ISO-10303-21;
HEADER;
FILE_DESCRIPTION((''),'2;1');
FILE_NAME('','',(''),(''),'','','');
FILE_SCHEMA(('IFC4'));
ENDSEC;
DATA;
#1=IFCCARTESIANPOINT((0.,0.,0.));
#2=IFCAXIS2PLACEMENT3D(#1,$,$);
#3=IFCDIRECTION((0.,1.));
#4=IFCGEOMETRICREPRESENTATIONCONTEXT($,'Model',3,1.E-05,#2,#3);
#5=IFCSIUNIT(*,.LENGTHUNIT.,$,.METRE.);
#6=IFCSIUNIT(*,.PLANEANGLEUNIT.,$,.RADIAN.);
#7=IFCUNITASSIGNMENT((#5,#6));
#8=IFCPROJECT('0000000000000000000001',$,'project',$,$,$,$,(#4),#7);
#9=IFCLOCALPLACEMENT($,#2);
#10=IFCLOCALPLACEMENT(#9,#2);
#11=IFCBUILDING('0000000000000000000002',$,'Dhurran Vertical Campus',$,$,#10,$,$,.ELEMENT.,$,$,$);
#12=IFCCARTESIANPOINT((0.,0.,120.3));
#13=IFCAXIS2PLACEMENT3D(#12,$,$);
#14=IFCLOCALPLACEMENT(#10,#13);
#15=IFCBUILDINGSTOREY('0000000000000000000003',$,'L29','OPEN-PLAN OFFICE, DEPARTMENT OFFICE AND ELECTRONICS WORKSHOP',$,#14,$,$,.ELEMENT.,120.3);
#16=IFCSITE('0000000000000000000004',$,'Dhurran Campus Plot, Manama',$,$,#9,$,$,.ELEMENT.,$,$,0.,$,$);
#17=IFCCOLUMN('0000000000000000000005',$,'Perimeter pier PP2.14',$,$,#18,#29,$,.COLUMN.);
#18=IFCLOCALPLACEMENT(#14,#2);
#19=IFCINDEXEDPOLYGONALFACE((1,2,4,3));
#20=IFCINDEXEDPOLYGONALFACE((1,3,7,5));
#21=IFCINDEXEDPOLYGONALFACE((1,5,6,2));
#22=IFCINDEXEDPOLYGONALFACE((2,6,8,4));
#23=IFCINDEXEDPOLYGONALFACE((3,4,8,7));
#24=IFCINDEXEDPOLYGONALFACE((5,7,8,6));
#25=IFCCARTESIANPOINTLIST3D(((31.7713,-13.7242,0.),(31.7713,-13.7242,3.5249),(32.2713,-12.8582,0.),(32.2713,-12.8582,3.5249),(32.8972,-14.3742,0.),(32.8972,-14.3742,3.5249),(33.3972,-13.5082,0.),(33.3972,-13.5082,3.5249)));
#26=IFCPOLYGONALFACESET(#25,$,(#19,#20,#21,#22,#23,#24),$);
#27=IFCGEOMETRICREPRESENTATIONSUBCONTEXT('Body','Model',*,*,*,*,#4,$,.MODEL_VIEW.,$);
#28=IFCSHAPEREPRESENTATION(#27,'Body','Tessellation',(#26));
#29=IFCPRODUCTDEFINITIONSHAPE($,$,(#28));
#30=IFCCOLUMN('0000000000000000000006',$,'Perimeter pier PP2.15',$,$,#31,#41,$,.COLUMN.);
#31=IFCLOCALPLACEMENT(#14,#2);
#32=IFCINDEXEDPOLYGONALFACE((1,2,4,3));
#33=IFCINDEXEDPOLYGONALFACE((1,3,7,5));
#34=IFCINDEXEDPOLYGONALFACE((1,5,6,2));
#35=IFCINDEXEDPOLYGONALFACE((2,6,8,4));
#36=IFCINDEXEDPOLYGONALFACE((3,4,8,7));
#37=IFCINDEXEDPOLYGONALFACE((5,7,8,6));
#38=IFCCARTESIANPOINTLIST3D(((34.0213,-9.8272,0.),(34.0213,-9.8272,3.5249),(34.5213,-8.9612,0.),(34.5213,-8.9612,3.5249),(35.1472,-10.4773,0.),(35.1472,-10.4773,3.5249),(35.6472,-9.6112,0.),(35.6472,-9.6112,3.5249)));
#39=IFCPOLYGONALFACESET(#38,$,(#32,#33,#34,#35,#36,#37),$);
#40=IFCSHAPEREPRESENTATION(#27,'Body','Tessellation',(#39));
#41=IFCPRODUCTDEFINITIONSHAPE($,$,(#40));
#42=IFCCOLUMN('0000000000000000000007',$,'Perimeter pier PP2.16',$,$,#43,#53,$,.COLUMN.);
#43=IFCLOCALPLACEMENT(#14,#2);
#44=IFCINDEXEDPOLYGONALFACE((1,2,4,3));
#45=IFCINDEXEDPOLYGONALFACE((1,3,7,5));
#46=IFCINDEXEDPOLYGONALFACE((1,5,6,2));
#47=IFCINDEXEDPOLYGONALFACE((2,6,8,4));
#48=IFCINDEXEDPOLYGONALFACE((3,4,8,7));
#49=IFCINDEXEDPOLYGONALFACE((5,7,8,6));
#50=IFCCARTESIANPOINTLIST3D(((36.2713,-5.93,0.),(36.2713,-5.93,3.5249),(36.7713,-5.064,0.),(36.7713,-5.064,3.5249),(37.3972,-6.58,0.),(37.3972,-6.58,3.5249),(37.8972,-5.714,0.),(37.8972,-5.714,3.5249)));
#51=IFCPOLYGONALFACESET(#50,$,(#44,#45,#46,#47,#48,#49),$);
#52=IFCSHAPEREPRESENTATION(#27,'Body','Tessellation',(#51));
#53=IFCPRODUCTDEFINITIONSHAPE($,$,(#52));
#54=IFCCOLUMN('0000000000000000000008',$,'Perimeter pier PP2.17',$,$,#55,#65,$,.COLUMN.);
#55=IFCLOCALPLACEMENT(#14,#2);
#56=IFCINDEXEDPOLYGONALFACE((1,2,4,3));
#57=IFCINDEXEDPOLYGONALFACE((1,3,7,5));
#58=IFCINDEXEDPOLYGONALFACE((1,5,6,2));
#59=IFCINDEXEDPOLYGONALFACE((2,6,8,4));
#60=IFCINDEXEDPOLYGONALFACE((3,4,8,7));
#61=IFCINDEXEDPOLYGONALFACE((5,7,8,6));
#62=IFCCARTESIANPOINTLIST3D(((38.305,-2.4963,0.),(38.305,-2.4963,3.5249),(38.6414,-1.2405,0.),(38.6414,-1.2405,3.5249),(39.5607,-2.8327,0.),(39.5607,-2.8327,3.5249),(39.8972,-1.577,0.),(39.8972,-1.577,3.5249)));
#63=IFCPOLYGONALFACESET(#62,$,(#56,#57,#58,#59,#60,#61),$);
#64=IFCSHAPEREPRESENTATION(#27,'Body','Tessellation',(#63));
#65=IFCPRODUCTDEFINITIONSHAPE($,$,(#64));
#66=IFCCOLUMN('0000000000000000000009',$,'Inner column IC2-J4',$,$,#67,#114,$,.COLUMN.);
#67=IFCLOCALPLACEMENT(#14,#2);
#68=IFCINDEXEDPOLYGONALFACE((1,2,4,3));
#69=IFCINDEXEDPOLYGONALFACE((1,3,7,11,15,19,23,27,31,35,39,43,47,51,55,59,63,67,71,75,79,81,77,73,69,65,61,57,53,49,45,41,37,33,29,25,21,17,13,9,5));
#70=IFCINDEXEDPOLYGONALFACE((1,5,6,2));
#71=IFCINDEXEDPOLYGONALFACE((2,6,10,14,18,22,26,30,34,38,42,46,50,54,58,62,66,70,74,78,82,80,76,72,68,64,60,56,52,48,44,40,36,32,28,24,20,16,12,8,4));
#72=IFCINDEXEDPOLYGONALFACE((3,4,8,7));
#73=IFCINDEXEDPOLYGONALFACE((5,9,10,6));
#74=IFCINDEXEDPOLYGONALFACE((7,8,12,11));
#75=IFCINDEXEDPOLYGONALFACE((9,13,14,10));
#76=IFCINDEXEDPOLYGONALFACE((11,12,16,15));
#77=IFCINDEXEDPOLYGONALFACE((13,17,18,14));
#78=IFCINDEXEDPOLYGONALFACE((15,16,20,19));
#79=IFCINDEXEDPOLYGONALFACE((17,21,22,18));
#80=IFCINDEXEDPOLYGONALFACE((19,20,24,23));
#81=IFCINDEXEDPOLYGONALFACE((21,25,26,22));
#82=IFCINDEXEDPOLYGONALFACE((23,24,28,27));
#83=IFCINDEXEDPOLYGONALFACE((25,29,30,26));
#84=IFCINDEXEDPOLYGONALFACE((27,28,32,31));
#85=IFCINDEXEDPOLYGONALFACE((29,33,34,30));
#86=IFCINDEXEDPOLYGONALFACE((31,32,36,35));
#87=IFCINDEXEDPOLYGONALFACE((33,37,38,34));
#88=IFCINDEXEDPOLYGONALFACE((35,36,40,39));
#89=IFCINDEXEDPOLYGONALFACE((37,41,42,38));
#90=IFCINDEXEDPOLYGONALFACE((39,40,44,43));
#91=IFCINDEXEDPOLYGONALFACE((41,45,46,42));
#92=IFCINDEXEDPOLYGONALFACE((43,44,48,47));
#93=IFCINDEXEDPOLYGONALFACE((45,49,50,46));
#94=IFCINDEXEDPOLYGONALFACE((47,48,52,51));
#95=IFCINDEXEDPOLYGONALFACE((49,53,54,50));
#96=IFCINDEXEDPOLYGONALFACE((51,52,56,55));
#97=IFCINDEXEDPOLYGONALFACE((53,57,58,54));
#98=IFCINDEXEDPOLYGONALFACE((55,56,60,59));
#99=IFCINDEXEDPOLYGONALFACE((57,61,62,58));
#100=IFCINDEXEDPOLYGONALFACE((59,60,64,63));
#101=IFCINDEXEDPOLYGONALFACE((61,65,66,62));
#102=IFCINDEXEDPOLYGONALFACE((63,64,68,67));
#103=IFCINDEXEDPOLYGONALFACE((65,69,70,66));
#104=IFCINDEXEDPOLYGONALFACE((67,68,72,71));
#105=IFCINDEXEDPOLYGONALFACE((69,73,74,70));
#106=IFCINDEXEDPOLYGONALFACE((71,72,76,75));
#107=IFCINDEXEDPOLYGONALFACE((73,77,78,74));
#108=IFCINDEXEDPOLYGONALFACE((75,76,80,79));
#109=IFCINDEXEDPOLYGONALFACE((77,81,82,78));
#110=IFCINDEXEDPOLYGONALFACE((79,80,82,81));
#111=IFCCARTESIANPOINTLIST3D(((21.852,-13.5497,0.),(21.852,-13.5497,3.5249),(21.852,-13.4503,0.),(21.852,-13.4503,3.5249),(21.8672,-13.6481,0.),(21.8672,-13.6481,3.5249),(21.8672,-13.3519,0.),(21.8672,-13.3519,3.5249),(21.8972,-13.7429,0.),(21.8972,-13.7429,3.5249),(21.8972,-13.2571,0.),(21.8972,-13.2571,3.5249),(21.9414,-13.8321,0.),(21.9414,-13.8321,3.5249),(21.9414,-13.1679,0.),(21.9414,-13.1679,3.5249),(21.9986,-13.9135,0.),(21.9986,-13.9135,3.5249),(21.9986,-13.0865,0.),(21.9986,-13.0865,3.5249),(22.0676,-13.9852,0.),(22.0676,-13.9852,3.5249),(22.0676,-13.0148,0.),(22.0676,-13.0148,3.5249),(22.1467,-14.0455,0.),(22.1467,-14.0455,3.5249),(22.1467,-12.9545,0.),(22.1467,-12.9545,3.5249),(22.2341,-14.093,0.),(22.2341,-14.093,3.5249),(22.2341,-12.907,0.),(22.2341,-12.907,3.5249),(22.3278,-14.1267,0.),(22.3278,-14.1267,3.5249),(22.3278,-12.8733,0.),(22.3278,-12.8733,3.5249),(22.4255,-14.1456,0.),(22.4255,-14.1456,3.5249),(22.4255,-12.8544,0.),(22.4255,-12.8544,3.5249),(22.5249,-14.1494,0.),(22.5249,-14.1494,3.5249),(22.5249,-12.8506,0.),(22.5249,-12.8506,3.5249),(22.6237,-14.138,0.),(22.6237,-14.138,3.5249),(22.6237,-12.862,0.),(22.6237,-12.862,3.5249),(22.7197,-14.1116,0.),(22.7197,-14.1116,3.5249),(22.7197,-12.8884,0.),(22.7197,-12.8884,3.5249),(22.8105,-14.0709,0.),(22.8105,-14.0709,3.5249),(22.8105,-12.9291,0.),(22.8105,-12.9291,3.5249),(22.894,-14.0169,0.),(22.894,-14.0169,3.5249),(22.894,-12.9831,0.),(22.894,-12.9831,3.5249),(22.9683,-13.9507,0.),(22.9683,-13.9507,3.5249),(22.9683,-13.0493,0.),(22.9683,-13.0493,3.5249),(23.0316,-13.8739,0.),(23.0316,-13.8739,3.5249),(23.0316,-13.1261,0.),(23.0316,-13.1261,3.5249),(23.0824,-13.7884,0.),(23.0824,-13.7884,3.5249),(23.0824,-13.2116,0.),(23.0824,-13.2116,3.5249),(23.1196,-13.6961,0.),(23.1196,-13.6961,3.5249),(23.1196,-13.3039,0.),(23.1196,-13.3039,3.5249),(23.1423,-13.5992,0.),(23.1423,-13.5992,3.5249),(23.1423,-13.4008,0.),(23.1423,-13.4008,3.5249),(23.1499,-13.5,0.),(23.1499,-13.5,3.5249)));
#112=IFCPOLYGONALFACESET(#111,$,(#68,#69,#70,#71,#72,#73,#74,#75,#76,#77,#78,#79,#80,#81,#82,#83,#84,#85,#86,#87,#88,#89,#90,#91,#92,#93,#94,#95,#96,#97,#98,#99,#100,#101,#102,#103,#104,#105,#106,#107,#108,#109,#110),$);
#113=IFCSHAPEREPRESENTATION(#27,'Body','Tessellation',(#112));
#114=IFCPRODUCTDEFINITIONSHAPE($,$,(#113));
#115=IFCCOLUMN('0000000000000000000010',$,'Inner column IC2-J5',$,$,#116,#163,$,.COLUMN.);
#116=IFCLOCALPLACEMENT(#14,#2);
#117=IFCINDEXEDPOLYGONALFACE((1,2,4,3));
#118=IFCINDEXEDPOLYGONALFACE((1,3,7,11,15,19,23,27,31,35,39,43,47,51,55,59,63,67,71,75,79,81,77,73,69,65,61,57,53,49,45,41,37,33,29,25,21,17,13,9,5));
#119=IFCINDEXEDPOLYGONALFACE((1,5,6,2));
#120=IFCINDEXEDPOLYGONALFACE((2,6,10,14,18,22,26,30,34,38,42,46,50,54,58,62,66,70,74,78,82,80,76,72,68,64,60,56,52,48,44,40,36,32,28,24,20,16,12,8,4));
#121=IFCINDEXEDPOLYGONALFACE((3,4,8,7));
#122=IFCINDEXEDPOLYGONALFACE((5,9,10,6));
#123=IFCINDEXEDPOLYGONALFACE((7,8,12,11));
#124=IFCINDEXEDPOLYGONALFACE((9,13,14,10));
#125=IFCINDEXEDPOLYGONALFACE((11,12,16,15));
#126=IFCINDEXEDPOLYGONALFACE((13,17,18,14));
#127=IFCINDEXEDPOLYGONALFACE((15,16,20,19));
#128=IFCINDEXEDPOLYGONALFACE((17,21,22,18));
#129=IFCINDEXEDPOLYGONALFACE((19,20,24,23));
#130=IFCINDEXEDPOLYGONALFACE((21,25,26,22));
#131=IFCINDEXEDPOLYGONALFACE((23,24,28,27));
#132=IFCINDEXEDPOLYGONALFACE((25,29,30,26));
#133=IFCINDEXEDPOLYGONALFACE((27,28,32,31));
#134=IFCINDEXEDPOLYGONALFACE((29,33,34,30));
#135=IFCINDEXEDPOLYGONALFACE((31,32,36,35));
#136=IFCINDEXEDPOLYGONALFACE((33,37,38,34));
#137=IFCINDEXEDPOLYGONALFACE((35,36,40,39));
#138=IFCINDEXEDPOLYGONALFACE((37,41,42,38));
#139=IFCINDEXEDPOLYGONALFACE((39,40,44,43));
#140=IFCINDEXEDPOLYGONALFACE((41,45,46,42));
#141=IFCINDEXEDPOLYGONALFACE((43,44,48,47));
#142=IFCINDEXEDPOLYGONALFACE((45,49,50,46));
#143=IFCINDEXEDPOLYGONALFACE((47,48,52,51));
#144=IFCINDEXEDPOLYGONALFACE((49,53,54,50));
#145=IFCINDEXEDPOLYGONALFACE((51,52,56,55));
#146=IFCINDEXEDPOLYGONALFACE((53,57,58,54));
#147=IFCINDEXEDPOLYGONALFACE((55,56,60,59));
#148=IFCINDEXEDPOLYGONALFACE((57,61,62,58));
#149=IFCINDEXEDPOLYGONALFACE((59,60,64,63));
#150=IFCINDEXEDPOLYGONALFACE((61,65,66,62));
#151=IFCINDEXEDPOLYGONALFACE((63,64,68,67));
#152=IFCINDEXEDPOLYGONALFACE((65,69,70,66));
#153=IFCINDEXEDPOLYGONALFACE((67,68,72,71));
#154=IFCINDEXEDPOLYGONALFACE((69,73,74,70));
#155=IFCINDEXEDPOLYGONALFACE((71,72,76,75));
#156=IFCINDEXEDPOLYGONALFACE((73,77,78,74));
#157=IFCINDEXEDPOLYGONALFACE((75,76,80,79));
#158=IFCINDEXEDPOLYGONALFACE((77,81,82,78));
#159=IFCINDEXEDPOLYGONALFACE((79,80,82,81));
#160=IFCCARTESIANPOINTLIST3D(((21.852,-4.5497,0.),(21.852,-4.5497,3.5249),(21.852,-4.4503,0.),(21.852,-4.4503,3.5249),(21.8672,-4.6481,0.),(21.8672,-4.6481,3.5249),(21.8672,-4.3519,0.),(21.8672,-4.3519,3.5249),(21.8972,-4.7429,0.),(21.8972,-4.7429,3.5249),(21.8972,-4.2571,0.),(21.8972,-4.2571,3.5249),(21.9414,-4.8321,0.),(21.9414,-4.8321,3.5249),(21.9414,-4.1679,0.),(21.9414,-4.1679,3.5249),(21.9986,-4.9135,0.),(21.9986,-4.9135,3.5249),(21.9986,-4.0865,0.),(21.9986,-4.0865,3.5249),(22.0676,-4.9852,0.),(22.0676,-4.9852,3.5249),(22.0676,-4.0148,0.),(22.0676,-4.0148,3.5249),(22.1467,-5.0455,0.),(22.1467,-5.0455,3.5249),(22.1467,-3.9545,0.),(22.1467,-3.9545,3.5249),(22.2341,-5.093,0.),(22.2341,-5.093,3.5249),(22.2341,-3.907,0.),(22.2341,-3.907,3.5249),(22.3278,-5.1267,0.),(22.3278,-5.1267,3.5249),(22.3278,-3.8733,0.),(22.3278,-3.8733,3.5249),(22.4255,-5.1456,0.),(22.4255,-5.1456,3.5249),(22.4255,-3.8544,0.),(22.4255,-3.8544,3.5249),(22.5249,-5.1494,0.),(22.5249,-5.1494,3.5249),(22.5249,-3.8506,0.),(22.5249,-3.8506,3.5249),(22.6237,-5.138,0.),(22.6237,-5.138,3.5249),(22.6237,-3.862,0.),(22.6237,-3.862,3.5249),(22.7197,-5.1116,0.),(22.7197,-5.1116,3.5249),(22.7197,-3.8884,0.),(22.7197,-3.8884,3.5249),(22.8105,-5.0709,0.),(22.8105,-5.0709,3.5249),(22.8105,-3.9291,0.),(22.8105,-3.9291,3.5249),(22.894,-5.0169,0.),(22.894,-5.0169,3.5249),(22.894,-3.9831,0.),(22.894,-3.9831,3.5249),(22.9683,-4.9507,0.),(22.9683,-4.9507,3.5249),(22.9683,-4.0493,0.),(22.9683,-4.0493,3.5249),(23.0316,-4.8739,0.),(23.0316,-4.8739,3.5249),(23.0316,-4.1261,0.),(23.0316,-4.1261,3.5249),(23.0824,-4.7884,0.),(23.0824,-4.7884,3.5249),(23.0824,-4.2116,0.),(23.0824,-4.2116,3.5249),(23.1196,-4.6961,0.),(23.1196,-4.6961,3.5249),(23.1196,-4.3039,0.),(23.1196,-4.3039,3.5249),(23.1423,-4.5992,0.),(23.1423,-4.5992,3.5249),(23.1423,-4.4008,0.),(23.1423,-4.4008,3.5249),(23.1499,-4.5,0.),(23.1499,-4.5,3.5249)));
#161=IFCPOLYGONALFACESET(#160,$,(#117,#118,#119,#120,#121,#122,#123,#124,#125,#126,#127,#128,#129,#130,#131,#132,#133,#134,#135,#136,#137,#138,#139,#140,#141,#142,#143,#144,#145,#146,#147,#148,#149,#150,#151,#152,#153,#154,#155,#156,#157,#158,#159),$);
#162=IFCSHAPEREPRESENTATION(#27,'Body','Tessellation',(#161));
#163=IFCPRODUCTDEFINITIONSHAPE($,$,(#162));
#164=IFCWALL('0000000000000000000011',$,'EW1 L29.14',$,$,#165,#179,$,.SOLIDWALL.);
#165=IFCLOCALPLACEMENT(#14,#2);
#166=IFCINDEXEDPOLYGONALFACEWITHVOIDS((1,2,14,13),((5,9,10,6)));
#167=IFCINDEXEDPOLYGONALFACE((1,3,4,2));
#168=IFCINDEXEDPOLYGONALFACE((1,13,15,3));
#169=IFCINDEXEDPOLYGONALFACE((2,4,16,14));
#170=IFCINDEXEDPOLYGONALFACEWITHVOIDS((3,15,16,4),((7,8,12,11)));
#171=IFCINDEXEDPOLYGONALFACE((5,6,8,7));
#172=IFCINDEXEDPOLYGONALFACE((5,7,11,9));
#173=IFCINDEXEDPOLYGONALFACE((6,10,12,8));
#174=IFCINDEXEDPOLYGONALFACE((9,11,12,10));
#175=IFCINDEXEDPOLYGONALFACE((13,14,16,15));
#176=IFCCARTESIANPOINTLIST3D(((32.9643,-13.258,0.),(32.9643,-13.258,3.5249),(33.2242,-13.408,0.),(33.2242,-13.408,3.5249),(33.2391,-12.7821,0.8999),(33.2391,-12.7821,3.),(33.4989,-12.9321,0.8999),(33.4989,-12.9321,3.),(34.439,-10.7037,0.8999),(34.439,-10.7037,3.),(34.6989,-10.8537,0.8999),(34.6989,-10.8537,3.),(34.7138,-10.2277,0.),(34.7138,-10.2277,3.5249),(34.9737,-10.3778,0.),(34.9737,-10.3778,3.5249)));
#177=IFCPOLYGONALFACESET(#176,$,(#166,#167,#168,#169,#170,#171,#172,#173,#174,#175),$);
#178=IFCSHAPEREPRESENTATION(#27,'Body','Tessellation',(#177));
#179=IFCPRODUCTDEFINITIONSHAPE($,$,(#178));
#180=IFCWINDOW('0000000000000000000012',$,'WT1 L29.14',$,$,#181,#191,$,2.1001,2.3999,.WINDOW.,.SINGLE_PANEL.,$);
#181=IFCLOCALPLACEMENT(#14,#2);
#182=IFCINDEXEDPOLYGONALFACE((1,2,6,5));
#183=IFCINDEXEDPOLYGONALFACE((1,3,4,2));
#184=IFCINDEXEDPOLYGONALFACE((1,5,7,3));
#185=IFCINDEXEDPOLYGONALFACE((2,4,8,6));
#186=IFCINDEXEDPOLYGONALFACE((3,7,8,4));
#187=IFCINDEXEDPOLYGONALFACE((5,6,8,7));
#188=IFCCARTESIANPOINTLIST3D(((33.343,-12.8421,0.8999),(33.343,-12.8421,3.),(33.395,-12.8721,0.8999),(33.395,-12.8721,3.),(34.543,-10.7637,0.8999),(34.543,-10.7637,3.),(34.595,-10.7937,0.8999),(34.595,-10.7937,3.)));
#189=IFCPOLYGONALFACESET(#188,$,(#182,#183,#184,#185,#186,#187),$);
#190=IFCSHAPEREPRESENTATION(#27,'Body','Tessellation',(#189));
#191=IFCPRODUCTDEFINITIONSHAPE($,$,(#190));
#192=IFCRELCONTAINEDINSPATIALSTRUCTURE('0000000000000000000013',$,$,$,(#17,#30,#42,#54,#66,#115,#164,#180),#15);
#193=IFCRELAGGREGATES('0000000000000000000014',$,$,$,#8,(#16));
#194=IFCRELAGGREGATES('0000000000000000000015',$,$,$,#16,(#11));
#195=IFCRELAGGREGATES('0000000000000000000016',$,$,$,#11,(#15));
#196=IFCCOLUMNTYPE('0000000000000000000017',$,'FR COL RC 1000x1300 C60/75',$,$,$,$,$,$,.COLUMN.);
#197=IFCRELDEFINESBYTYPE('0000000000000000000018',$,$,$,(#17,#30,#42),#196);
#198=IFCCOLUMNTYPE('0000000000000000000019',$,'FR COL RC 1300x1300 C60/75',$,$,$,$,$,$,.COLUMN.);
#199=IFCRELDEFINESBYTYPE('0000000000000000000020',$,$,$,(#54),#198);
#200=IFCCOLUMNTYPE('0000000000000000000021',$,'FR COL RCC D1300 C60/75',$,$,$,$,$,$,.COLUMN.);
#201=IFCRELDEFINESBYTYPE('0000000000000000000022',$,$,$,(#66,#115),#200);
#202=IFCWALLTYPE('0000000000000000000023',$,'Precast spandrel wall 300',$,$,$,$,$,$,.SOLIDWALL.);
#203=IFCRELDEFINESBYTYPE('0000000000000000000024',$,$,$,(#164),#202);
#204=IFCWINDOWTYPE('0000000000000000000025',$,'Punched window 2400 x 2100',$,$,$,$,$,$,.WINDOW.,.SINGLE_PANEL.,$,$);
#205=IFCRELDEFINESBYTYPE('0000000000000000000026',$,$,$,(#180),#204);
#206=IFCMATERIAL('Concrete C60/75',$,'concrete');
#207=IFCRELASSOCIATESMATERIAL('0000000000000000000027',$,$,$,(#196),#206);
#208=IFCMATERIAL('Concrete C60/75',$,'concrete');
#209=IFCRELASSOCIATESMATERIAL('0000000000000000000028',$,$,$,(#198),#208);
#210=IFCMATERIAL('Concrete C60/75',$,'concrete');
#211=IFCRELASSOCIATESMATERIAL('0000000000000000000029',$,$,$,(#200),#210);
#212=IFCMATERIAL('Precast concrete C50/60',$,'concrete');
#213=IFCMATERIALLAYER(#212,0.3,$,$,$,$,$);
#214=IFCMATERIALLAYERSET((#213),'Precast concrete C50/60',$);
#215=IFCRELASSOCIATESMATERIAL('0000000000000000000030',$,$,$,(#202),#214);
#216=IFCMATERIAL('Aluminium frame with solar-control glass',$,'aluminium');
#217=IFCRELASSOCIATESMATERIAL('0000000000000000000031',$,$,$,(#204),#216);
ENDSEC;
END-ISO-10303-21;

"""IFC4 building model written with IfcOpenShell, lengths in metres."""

from ifc_helpers import new_model, si_unit, direction, frame, frame_2d, origin, origin_2d, place, context, subcontext, project, spatial, rectangle, circle, extrude, material, layer, layer_set, material_profile, profile_set, type_object, element, fill, save


model = new_model("IFC4")

# Units and contexts
model_context = context("Model", 3, precision=1e-05, world=origin(), true_north=direction((0.0, 1.0)))
body_context = subcontext(model_context, "Body", "Model", "MODEL_VIEW")
ifc_project = project(units=[si_unit("LENGTHUNIT", "METRE"), si_unit("PLANEANGLEUNIT", "RADIAN")], contexts=[model_context])

# Site, building, storey
site_placement = place(None, origin())
site = spatial("IfcSite", under=ifc_project, at=site_placement, Name="Dhurran Campus Plot, Manama", CompositionType="ELEMENT", RefElevation=0.0)
building_placement = place(site_placement, origin())
building = spatial("IfcBuilding", under=site, at=building_placement, Name="Dhurran Vertical Campus", CompositionType="ELEMENT")
storey_placement = place(building_placement, frame((0.0, 0.0, 120.3)))
storey = spatial("IfcBuildingStorey", under=building, at=storey_placement, Name="L29", Description="OPEN-PLAN OFFICE, DEPARTMENT OFFICE AND ELECTRONICS WORKSHOP", CompositionType="ELEMENT", Elevation=120.3)

# Columns
ifc_material_1 = material(Name="Concrete C60/75", Category="concrete")
ifc_material_profile_1 = material_profile(ifc_material_1, rectangle(XDim=1.0, YDim=1.3, at=origin_2d()), Name="RC 1000x1300")
ifc_profile_set_1 = profile_set([ifc_material_profile_1], Name="Concrete C60/75")
column_type_1 = type_object("IfcColumnType", Name="FR COL RC 1000x1300 C60/75", PredefinedType="COLUMN", material=ifc_profile_set_1)
for number, where, z_axis, x_axis, name in (
    (1, (32.5842, -13.6162, 0.0), (0.0, 0.0, 1.0), (0.5, 0.866025, 0.0), "Perimeter pier PP2.14"),
    (2, (34.8342, -9.7192, 0.0), (0.0, 0.0, 1.0), (0.5, 0.866025, 0.0), "Perimeter pier PP2.15"),
    (3, (37.0842, -5.822, 0.0), (0.0, 0.0, 1.0), (0.5, 0.866025, 0.0), "Perimeter pier PP2.16"),
):
    element("IfcColumn", number, at=place(storey_placement, frame(where, z_axis=z_axis, x_axis=x_axis)), inside=storey, type_object=column_type_1, Name=name, PredefinedType="COLUMN", context=body_context, shape_type="SweptSolid", body=[
        extrude(rectangle(XDim=1.0, YDim=1.3, at=origin_2d()), origin(), (0.0, 0.0, 1.0), 3.5249),
    ])
ifc_material_2 = material(Name="Concrete C60/75", Category="concrete")
ifc_material_profile_2 = material_profile(ifc_material_2, rectangle(XDim=1.3, YDim=1.3, at=origin_2d()), Name="RC 1300x1300")
ifc_profile_set_2 = profile_set([ifc_material_profile_2], Name="Concrete C60/75")
column_type_2 = type_object("IfcColumnType", Name="FR COL RC 1300x1300 C60/75", PredefinedType="COLUMN", material=ifc_profile_set_2)
column_placement = place(storey_placement, frame((39.1011, -2.0366, 0.0), z_axis=(0.0, 0.0, 1.0), x_axis=(0.258819, 0.965926, 0.0)))
element("IfcColumn", 4, at=column_placement, inside=storey, type_object=column_type_2, Name="Perimeter pier PP2.17", PredefinedType="COLUMN", context=body_context, shape_type="SweptSolid", body=[
    extrude(rectangle(XDim=1.3, YDim=1.3, at=origin_2d()), origin(), (0.0, 0.0, 1.0), 3.5249),
])
ifc_material_3 = material(Name="Concrete C60/75", Category="concrete")
ifc_material_profile_3 = material_profile(ifc_material_3, circle(Radius=0.6499, at=origin_2d()), Name="RCC D1300")
ifc_profile_set_3 = profile_set([ifc_material_profile_3], Name="Concrete C60/75")
column_type_3 = type_object("IfcColumnType", Name="FR COL RCC D1300 C60/75", PredefinedType="COLUMN", material=ifc_profile_set_3)
for number, where, z_axis, x_axis, name in (
    (5, (22.5, -13.5, 0.0), (0.0, 0.0, 1.0), (1.0, 0.0, 0.0), "Inner column IC2-J4"),
    (6, (22.5, -4.5, 0.0), (0.0, 0.0, 1.0), (1.0, 0.0, 0.0), "Inner column IC2-J5"),
):
    element("IfcColumn", number, at=place(storey_placement, frame(where, z_axis=z_axis, x_axis=x_axis)), inside=storey, type_object=column_type_3, Name=name, PredefinedType="COLUMN", context=body_context, shape_type="SweptSolid", body=[
        extrude(circle(Radius=0.6499, at=origin_2d()), origin(), (0.0, 0.0, 1.0), 3.5249),
    ])

# Wall, opening, window
ifc_material_4 = material(Name="Precast concrete C50/60", Category="concrete")
ifc_layer_1 = layer(ifc_material_4, 0.3)
ifc_layer_set_1 = layer_set([ifc_layer_1], Name="Precast concrete C50/60")
wall_type_1 = type_object("IfcWallType", Name="Precast spandrel wall 300", PredefinedType="SOLIDWALL", material=ifc_layer_set_1)
wall_1_placement = place(storey_placement, frame((33.0942, -13.333, 0.0), z_axis=(0.0, 0.0, 1.0), x_axis=(0.499996, 0.866028, 0.0)))
wall_1 = element("IfcWall", 7, at=wall_1_placement, inside=storey, type_object=wall_type_1, Name="EW1 L29.14", PredefinedType="SOLIDWALL", context=body_context, shape_type="SweptSolid", body=[
    extrude(rectangle(XDim=3.499, YDim=0.3, at=frame_2d((1.7495, 0.0))), origin(), (0.0, 0.0, 1.0), 3.5249),
])
opening_1_placement = place(wall_1_placement, frame((0.5496, 0.0, 0.8999)))
opening_1 = element("IfcOpeningElement", 8, at=opening_1_placement, cuts=wall_1, PredefinedType="OPENING", context=body_context, shape_type="SweptSolid", body=[
    extrude(rectangle(XDim=2.3999, YDim=2.1001, at=frame_2d((1.2, 1.05))), frame((0.0, 0.1599, 0.0), z_axis=(0.0, -1.0, 0.0), x_axis=(1.0, 0.0, 0.0)), (0.0, 0.0, 1.0), 0.3201),
])
ifc_material_5 = material(Name="Aluminium frame with solar-control glass", Category="aluminium")
window_type = type_object("IfcWindowType", Name="Punched window 2400 x 2100", PartitioningType="SINGLE_PANEL", PredefinedType="WINDOW", material=ifc_material_5)
window_1_placement = place(opening_1_placement, origin())
window_1 = element("IfcWindow", 9, at=window_1_placement, inside=storey, type_object=window_type, Name="WT1 L29.14", OverallHeight=2.1001, OverallWidth=2.3999, PartitioningType="SINGLE_PANEL", PredefinedType="WINDOW", context=body_context, shape_type="SweptSolid", body=[
    extrude(rectangle(XDim=2.3999, YDim=2.1001, at=frame_2d((1.2, 1.05))), frame((0.0, 0.03, 0.0), z_axis=(0.0, -1.0, 0.0), x_axis=(1.0, 0.0, 0.0)), (0.0, 0.0, 1.0), 0.0601),
])
fill(opening_1, window_1)

save(model, "model.ifc")
